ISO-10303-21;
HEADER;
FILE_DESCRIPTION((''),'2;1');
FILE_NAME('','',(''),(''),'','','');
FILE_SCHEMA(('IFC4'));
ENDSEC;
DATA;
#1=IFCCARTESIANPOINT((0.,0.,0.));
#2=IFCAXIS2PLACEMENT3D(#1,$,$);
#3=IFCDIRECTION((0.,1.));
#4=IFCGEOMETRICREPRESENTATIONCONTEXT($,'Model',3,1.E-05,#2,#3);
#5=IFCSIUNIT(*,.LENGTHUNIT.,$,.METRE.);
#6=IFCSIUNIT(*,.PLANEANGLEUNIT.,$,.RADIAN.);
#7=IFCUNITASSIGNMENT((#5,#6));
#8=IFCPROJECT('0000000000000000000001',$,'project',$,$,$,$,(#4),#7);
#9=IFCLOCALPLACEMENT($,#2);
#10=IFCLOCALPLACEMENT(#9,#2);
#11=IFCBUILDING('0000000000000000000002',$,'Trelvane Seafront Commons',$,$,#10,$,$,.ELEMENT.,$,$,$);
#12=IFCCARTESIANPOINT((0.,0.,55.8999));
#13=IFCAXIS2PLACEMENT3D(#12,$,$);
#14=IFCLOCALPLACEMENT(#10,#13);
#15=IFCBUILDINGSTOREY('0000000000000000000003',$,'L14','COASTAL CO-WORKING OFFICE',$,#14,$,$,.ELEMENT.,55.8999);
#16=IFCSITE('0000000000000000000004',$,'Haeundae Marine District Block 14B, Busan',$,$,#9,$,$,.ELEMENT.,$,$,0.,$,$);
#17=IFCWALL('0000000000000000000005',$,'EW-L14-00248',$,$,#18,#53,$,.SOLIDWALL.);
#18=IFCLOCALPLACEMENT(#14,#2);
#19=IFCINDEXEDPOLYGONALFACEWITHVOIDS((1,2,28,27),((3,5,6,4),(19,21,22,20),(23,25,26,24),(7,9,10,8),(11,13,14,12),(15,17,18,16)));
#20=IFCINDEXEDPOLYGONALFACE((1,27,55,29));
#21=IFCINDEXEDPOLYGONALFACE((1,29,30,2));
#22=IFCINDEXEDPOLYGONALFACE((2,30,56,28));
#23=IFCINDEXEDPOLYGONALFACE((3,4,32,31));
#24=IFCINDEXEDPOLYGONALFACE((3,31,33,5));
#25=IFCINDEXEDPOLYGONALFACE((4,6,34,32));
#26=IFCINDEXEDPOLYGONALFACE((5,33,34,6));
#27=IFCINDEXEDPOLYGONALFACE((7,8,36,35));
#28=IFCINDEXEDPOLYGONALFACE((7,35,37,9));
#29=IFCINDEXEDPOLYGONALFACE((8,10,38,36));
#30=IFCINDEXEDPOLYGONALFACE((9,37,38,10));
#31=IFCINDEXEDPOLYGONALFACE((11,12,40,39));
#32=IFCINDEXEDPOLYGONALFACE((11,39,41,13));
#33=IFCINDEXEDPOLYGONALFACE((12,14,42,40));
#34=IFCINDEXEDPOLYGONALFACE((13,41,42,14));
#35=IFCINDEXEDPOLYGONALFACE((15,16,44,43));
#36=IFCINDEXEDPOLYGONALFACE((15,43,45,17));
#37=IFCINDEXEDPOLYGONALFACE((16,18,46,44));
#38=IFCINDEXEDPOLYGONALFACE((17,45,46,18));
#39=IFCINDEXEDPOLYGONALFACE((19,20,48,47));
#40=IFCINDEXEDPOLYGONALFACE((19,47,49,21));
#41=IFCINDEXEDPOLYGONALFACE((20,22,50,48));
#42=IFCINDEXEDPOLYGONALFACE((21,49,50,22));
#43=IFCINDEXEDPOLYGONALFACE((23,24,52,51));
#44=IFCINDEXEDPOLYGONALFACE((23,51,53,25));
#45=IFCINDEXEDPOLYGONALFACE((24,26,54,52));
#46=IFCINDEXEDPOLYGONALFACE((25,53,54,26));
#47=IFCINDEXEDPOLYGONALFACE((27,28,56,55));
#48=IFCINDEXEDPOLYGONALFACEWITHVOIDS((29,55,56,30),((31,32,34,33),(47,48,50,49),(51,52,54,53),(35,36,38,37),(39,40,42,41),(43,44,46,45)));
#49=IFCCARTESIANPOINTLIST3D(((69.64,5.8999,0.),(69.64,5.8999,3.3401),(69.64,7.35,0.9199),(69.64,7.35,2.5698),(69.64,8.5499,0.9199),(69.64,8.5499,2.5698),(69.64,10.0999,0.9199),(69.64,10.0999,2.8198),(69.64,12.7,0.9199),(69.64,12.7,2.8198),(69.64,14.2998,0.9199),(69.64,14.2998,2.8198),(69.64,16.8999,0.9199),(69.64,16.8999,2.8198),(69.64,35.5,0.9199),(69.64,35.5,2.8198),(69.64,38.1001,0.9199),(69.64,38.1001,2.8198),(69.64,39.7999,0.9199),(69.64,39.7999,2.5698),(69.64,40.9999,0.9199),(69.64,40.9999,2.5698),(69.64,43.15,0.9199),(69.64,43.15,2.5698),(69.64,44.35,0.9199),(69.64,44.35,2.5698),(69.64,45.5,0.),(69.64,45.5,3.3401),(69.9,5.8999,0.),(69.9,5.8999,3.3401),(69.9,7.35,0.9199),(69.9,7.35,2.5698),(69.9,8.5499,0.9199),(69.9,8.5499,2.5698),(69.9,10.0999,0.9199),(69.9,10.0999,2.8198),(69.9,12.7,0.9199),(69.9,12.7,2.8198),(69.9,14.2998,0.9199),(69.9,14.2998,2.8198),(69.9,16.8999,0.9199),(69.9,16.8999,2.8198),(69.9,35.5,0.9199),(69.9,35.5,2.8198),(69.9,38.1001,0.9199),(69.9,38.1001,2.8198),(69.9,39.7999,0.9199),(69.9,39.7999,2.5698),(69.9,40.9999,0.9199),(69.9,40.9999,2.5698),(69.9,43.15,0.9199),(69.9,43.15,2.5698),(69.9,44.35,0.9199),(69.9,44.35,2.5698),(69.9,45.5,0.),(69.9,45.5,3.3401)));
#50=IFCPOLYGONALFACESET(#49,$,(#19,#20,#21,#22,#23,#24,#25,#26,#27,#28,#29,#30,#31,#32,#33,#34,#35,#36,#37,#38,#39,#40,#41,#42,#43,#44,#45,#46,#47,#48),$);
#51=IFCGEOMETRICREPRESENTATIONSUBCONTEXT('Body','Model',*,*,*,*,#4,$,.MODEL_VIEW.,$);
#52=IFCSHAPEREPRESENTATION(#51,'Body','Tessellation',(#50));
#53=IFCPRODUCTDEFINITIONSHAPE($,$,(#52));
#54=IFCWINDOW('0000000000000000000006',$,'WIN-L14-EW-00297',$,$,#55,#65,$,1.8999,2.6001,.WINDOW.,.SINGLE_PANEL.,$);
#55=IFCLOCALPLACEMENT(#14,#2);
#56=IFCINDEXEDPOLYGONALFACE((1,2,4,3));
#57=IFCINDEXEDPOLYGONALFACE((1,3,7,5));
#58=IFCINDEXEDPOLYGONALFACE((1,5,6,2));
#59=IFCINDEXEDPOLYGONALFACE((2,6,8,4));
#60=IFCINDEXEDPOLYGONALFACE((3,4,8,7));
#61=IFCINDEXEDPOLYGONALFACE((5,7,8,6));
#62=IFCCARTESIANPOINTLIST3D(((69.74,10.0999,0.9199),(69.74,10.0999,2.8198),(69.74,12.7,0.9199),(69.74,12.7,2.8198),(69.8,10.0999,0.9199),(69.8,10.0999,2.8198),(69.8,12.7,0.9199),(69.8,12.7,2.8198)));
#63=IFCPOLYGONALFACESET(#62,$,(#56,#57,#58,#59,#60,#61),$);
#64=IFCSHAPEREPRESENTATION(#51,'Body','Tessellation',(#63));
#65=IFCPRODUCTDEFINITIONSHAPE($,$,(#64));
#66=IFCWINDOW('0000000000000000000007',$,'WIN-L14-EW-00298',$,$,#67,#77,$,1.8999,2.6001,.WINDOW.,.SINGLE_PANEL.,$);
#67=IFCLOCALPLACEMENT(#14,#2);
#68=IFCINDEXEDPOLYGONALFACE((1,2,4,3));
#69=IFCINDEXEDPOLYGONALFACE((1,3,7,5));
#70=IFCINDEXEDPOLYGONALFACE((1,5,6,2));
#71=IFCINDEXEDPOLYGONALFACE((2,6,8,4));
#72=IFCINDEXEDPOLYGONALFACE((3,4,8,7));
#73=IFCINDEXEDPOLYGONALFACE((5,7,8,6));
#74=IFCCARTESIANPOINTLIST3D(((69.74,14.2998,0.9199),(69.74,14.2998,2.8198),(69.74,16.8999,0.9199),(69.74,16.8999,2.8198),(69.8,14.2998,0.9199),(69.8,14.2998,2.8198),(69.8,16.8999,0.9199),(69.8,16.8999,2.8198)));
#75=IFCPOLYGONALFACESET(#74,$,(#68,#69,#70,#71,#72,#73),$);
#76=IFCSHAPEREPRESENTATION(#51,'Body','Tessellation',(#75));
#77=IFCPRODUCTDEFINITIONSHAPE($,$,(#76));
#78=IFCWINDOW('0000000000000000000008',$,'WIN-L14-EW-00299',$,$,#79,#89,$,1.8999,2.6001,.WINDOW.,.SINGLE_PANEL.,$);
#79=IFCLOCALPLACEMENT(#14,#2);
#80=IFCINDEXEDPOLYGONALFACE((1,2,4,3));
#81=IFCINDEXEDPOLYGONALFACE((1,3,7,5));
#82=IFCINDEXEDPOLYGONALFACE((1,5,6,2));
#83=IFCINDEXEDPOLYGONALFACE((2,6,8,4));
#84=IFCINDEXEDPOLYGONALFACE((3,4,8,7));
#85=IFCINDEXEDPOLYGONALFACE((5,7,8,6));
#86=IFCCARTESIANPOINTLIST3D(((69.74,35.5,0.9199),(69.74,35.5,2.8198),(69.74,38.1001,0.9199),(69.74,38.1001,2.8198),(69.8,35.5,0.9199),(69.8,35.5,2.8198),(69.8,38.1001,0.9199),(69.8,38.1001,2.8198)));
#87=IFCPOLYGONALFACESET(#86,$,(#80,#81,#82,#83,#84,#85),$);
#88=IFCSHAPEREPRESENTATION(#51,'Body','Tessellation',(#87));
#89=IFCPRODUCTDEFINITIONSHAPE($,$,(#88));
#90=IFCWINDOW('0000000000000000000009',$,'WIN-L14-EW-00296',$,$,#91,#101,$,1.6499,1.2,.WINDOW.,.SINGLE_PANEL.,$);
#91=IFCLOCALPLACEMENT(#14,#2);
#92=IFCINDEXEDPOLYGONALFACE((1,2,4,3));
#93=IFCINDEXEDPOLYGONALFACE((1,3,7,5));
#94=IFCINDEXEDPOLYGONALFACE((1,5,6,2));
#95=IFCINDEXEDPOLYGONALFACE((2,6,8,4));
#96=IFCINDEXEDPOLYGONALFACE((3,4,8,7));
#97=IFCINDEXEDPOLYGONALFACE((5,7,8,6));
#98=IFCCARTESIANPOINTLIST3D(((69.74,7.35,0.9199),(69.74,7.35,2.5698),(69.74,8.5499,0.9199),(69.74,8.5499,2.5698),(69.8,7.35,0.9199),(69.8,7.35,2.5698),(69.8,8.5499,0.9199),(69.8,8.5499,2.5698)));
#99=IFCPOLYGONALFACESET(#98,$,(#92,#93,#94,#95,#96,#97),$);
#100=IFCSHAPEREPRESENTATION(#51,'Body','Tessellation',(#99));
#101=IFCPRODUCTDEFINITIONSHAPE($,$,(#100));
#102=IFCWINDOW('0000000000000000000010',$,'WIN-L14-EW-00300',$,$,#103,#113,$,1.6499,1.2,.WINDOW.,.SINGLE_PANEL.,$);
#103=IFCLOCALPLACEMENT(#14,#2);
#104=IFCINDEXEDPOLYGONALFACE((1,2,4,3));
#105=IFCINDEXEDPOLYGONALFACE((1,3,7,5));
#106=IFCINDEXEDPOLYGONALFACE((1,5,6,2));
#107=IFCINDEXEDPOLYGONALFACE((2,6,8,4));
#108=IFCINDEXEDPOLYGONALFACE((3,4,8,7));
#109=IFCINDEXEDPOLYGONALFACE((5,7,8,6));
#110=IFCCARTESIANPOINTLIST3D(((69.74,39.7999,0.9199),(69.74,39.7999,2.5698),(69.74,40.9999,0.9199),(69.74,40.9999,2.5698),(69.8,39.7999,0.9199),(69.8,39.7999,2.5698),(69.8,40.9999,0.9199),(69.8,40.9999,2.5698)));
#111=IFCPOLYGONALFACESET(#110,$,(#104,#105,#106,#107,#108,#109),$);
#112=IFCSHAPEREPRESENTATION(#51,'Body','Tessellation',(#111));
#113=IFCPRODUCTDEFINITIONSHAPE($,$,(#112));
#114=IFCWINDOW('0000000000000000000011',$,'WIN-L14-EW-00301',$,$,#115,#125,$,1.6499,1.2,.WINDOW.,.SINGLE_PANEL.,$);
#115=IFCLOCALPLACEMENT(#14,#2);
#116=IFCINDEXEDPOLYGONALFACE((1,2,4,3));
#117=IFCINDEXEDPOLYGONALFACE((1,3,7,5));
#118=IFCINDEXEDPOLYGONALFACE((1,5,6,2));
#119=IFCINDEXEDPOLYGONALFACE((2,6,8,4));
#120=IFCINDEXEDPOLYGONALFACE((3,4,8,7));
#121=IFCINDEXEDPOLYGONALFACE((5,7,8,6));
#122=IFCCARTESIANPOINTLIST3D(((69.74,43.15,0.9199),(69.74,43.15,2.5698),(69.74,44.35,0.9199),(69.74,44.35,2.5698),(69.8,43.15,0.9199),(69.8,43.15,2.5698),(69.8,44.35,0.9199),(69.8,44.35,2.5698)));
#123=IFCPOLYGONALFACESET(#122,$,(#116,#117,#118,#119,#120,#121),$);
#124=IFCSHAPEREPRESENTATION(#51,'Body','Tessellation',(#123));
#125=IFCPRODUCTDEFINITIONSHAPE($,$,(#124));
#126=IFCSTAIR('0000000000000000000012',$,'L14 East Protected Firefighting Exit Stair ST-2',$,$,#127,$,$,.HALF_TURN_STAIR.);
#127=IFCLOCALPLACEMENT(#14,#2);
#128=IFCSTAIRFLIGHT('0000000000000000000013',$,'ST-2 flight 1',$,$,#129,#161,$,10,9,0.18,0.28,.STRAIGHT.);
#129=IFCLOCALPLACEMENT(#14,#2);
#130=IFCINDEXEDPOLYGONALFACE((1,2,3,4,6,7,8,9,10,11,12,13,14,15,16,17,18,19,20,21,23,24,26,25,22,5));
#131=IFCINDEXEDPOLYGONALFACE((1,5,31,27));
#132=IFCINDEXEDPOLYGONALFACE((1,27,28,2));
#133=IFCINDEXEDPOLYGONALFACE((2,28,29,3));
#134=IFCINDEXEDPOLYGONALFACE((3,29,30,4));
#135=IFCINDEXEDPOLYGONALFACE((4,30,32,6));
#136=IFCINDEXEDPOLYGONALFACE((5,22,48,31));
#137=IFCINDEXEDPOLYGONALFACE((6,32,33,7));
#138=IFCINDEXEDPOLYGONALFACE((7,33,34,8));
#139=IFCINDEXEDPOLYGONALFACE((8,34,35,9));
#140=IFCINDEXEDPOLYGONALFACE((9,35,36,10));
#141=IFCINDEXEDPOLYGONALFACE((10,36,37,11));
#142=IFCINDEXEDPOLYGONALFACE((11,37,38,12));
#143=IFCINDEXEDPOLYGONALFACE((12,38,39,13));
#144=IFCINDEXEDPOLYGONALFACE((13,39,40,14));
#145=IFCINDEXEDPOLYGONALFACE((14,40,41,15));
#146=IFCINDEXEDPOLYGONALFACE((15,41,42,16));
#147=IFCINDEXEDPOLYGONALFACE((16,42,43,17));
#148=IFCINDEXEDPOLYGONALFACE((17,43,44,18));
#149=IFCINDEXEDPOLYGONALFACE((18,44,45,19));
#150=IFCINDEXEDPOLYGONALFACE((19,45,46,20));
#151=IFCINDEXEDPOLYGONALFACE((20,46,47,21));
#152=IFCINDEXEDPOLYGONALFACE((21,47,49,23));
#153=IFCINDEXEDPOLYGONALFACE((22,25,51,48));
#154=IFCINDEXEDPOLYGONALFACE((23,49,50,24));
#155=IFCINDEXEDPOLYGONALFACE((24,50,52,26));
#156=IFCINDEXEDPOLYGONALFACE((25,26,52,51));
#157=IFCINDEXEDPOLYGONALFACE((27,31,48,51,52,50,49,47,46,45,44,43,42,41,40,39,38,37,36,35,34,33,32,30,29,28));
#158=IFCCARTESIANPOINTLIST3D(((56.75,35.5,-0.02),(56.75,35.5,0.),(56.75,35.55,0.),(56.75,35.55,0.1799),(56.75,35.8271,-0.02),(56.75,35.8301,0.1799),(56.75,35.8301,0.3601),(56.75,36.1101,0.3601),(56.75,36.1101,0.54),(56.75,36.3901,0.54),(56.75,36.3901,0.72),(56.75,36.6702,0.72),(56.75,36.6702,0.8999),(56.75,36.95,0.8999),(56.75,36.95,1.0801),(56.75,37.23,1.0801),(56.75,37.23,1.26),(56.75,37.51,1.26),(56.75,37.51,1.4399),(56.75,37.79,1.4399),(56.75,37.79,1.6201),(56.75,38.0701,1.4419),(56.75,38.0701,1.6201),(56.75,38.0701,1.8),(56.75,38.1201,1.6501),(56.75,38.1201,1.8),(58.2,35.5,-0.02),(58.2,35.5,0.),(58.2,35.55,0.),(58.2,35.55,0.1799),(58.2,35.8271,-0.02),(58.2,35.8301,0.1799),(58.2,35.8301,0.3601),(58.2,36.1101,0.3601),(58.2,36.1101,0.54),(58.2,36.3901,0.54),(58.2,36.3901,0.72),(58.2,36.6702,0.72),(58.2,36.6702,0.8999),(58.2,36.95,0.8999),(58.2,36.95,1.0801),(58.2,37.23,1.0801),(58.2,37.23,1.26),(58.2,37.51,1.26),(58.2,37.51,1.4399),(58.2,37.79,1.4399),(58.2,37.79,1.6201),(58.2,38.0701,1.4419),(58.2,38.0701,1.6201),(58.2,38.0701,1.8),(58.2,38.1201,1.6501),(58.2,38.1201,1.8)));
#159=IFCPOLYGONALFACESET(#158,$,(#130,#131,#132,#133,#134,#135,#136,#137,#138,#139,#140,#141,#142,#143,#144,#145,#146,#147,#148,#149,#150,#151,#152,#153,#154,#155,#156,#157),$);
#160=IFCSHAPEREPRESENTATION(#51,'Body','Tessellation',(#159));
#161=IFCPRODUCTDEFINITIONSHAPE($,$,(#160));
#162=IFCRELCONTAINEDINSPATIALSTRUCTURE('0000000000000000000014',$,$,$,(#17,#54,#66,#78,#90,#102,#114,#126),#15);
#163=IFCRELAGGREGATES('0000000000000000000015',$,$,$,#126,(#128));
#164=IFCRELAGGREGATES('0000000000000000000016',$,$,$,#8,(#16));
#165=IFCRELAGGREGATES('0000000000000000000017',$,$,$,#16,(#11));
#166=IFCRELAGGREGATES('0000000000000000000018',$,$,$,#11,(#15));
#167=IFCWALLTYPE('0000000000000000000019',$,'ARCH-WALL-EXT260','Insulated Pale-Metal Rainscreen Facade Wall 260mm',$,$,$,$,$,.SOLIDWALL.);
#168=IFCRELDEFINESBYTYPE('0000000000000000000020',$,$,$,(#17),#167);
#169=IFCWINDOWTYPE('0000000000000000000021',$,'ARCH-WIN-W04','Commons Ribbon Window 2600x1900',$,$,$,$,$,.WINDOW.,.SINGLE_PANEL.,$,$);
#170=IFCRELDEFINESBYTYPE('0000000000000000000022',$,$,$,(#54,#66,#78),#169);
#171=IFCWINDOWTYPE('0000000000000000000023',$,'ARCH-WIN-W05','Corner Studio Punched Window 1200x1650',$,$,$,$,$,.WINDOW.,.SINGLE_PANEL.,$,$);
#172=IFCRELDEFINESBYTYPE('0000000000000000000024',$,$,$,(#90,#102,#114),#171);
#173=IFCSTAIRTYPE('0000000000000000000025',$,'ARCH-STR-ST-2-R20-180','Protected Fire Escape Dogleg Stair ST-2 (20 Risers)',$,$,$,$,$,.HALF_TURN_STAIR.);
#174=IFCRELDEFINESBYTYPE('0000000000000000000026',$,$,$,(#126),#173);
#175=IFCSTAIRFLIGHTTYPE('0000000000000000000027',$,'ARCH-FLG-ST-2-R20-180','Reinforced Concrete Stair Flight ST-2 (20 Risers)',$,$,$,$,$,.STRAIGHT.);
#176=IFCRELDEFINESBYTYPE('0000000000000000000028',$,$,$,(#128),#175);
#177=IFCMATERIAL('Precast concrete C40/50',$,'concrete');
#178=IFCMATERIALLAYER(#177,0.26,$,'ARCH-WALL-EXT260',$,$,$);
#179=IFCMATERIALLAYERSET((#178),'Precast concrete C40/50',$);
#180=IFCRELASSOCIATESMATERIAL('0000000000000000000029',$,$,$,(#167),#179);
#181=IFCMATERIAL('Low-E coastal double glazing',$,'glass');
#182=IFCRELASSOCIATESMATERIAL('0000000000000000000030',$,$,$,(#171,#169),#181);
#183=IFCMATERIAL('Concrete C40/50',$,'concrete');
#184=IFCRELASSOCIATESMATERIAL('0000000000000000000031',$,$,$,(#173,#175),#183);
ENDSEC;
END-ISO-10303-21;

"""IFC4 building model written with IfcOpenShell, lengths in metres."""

from ifc_helpers import new_model, si_unit, direction, frame, frame_2d, origin, place, context, subcontext, project, spatial, polyline, rectangle, outline, extrude, source, transform, mapped, material, layer, layer_set, type_object, element, fill, aggregate, save


model = new_model("IFC4")

# Units and contexts
model_context = context("Model", 3, precision=1e-05, world=origin(), true_north=direction((0.0, 1.0)))
body_context = subcontext(model_context, "Body", "Model", "MODEL_VIEW")
ifc_project = project(units=[si_unit("LENGTHUNIT", "METRE"), si_unit("PLANEANGLEUNIT", "RADIAN")], contexts=[model_context])

# Site, building, storey
site_placement = place(None, origin())
site = spatial("IfcSite", under=ifc_project, at=site_placement, Name="Haeundae Marine District Block 14B, Busan", CompositionType="ELEMENT", RefElevation=0.0)
building_placement = place(site_placement, origin())
building = spatial("IfcBuilding", under=site, at=building_placement, Name="Trelvane Seafront Commons", CompositionType="ELEMENT")
storey_placement = place(building_placement, frame((0.0, 0.0, 55.8999)))
storey = spatial("IfcBuildingStorey", under=building, at=storey_placement, Name="L14", Description="COASTAL CO-WORKING OFFICE", CompositionType="ELEMENT", Elevation=55.8999)

# Shared definitions
ifc_material_1 = material(Name="Low-E coastal double glazing", Category="glass")

# Shared definitions
ifc_material_2 = material(Name="Precast concrete C40/50", Category="concrete")
ifc_layer_1 = layer(ifc_material_2, 0.26, Name="ARCH-WALL-EXT260")
ifc_layer_set_1 = layer_set([ifc_layer_1], Name="Precast concrete C40/50")
wall_type_1 = type_object("IfcWallType", Name="ARCH-WALL-EXT260", Description="Insulated Pale-Metal Rainscreen Facade Wall 260mm", PredefinedType="SOLIDWALL", material=ifc_layer_set_1)
window_type_1 = type_object("IfcWindowType", Name="ARCH-WIN-W05", Description="Corner Studio Punched Window 1200x1650", PartitioningType="SINGLE_PANEL", PredefinedType="WINDOW", material=ifc_material_1)
shared_shape_1 = source(origin(), body_context, "Body", "SweptSolid", [
    extrude(rectangle(XDim=1.2, YDim=1.6499, at=frame_2d((0.6001, 0.825))), frame((0.0, 0.03, 0.0), z_axis=(0.0, -1.0, 0.0), x_axis=(1.0, 0.0, 0.0)), (0.0, 0.0, 1.0), 0.0601),
])

# Wall, openings, windows
wall_1_placement = place(storey_placement, frame((69.77, 45.5, 0.0), z_axis=(0.0, 0.0, 1.0), x_axis=(0.0, -1.0, 0.0)))
wall_1 = element("IfcWall", 1, at=wall_1_placement, inside=storey, type_object=wall_type_1, Name="EW-L14-00248", PredefinedType="SOLIDWALL", context=body_context, shape_type="SweptSolid", body=[
    extrude(rectangle(XDim=39.6001, YDim=0.26, at=frame_2d((19.8, 0.0))), origin(), (0.0, 0.0, 1.0), 3.3401),
])
opening_1_placement = place(wall_1_placement, frame((36.95, 0.0, 0.9199)))
opening_1 = element("IfcOpeningElement", 2, at=opening_1_placement, cuts=wall_1, PredefinedType="OPENING", context=body_context, shape_type="SweptSolid", body=[
    extrude(rectangle(XDim=1.2, YDim=1.6499, at=frame_2d((0.6001, 0.825))), frame((0.0, 0.1399, 0.0), z_axis=(0.0, -1.0, 0.0), x_axis=(1.0, 0.0, 0.0)), (0.0, 0.0, 1.0), 0.28),
])
opening_2_placement = place(wall_1_placement, frame((32.8, 0.0, 0.9199)))
opening_2 = element("IfcOpeningElement", 3, at=opening_2_placement, cuts=wall_1, PredefinedType="OPENING", context=body_context, shape_type="SweptSolid", body=[
    extrude(rectangle(XDim=2.6001, YDim=1.8999, at=frame_2d((1.3, 0.95))), frame((0.0, 0.1399, 0.0), z_axis=(0.0, -1.0, 0.0), x_axis=(1.0, 0.0, 0.0)), (0.0, 0.0, 1.0), 0.28),
])
opening_3_placement = place(wall_1_placement, frame((28.6001, 0.0, 0.9199)))
opening_3 = element("IfcOpeningElement", 4, at=opening_3_placement, cuts=wall_1, PredefinedType="OPENING", context=body_context, shape_type="SweptSolid", body=[
    extrude(rectangle(XDim=2.6001, YDim=1.8999, at=frame_2d((1.3, 0.95))), frame((0.0, 0.1399, 0.0), z_axis=(0.0, -1.0, 0.0), x_axis=(1.0, 0.0, 0.0)), (0.0, 0.0, 1.0), 0.28),
])
opening_4_placement = place(wall_1_placement, frame((7.3999, 0.0, 0.9199)))
opening_4 = element("IfcOpeningElement", 5, at=opening_4_placement, cuts=wall_1, PredefinedType="OPENING", context=body_context, shape_type="SweptSolid", body=[
    extrude(rectangle(XDim=2.6001, YDim=1.8999, at=frame_2d((1.3, 0.95))), frame((0.0, 0.1399, 0.0), z_axis=(0.0, -1.0, 0.0), x_axis=(1.0, 0.0, 0.0)), (0.0, 0.0, 1.0), 0.28),
])
opening_5_placement = place(wall_1_placement, frame((4.5, 0.0, 0.9199)))
opening_5 = element("IfcOpeningElement", 6, at=opening_5_placement, cuts=wall_1, PredefinedType="OPENING", context=body_context, shape_type="SweptSolid", body=[
    extrude(rectangle(XDim=1.2, YDim=1.6499, at=frame_2d((0.6001, 0.825))), frame((0.0, 0.1399, 0.0), z_axis=(0.0, -1.0, 0.0), x_axis=(1.0, 0.0, 0.0)), (0.0, 0.0, 1.0), 0.28),
])
opening_6_placement = place(wall_1_placement, frame((1.1499, 0.0, 0.9199)))
opening_6 = element("IfcOpeningElement", 7, at=opening_6_placement, cuts=wall_1, PredefinedType="OPENING", context=body_context, shape_type="SweptSolid", body=[
    extrude(rectangle(XDim=1.2, YDim=1.6499, at=frame_2d((0.6001, 0.825))), frame((0.0, 0.1399, 0.0), z_axis=(0.0, -1.0, 0.0), x_axis=(1.0, 0.0, 0.0)), (0.0, 0.0, 1.0), 0.28),
])
window_type_2 = type_object("IfcWindowType", Name="ARCH-WIN-W04", Description="Commons Ribbon Window 2600x1900", PartitioningType="SINGLE_PANEL", PredefinedType="WINDOW", material=ifc_material_1)
shared_shape_2 = source(origin(), body_context, "Body", "SweptSolid", [
    extrude(rectangle(XDim=2.6001, YDim=1.8999, at=frame_2d((1.3, 0.95))), frame((0.0, 0.03, 0.0), z_axis=(0.0, -1.0, 0.0), x_axis=(1.0, 0.0, 0.0)), (0.0, 0.0, 1.0), 0.0601),
])
window_1_placement = place(opening_2_placement, origin())
window_1 = element("IfcWindow", 8, at=window_1_placement, inside=storey, type_object=window_type_2, Name="WIN-L14-EW-00297", OverallHeight=1.8999, OverallWidth=2.6001, PartitioningType="SINGLE_PANEL", PredefinedType="WINDOW", context=body_context, shape_type="MappedRepresentation", body=[
    mapped(shared_shape_2, transform((0.0, 0.0, 0.0), x_axis=(1.0, 0.0, 0.0), y_axis=(0.0, 1.0, 0.0), z_axis=(0.0, 0.0, 1.0), scale=1.0)),
])
fill(opening_2, window_1)
window_2_placement = place(opening_3_placement, origin())
window_2 = element("IfcWindow", 9, at=window_2_placement, inside=storey, type_object=window_type_2, Name="WIN-L14-EW-00298", OverallHeight=1.8999, OverallWidth=2.6001, PartitioningType="SINGLE_PANEL", PredefinedType="WINDOW", context=body_context, shape_type="MappedRepresentation", body=[
    mapped(shared_shape_2, transform((0.0, 0.0, 0.0), x_axis=(1.0, 0.0, 0.0), y_axis=(0.0, 1.0, 0.0), z_axis=(0.0, 0.0, 1.0), scale=1.0)),
])
fill(opening_3, window_2)
window_3_placement = place(opening_4_placement, origin())
window_3 = element("IfcWindow", 10, at=window_3_placement, inside=storey, type_object=window_type_2, Name="WIN-L14-EW-00299", OverallHeight=1.8999, OverallWidth=2.6001, PartitioningType="SINGLE_PANEL", PredefinedType="WINDOW", context=body_context, shape_type="MappedRepresentation", body=[
    mapped(shared_shape_2, transform((0.0, 0.0, 0.0), x_axis=(1.0, 0.0, 0.0), y_axis=(0.0, 1.0, 0.0), z_axis=(0.0, 0.0, 1.0), scale=1.0)),
])
fill(opening_4, window_3)
window_4_placement = place(opening_1_placement, origin())
window_4 = element("IfcWindow", 11, at=window_4_placement, inside=storey, type_object=window_type_1, Name="WIN-L14-EW-00296", OverallHeight=1.6499, OverallWidth=1.2, PartitioningType="SINGLE_PANEL", PredefinedType="WINDOW", context=body_context, shape_type="MappedRepresentation", body=[
    mapped(shared_shape_1, transform((0.0, 0.0, 0.0), x_axis=(1.0, 0.0, 0.0), y_axis=(0.0, 1.0, 0.0), z_axis=(0.0, 0.0, 1.0), scale=1.0)),
])
fill(opening_1, window_4)
window_5_placement = place(opening_5_placement, origin())
window_5 = element("IfcWindow", 12, at=window_5_placement, inside=storey, type_object=window_type_1, Name="WIN-L14-EW-00300", OverallHeight=1.6499, OverallWidth=1.2, PartitioningType="SINGLE_PANEL", PredefinedType="WINDOW", context=body_context, shape_type="MappedRepresentation", body=[
    mapped(shared_shape_1, transform((0.0, 0.0, 0.0), x_axis=(1.0, 0.0, 0.0), y_axis=(0.0, 1.0, 0.0), z_axis=(0.0, 0.0, 1.0), scale=1.0)),
])
fill(opening_5, window_5)
window_6_placement = place(opening_6_placement, origin())
window_6 = element("IfcWindow", 13, at=window_6_placement, inside=storey, type_object=window_type_1, Name="WIN-L14-EW-00301", OverallHeight=1.6499, OverallWidth=1.2, PartitioningType="SINGLE_PANEL", PredefinedType="WINDOW", context=body_context, shape_type="MappedRepresentation", body=[
    mapped(shared_shape_1, transform((0.0, 0.0, 0.0), x_axis=(1.0, 0.0, 0.0), y_axis=(0.0, 1.0, 0.0), z_axis=(0.0, 0.0, 1.0), scale=1.0)),
])
fill(opening_6, window_6)

# Stair, stair flight
ifc_material_3 = material(Name="Concrete C40/50", Category="concrete")
stair_type = type_object("IfcStairType", Name="ARCH-STR-ST-2-R20-180", Description="Protected Fire Escape Dogleg Stair ST-2 (20 Risers)", PredefinedType="HALF_TURN_STAIR", material=ifc_material_3)
stair_placement = place(storey_placement, origin())
stair = element("IfcStair", 14, at=stair_placement, inside=storey, type_object=stair_type, Name="L14 East Protected Firefighting Exit Stair ST-2", PredefinedType="HALF_TURN_STAIR")
stair_flight_type = type_object("IfcStairFlightType", Name="ARCH-FLG-ST-2-R20-180", Description="Reinforced Concrete Stair Flight ST-2 (20 Risers)", PredefinedType="STRAIGHT", material=ifc_material_3)
shared_shape_3 = source(origin(), body_context, "Body", "SweptSolid", [
    extrude(outline(polyline([(-0.05, -0.02), (-0.05, 0.0), (0.0, 0.0), (0.0, 0.1799), (0.28, 0.1799), (0.28, 0.3601), (0.5601, 0.3601), (0.5601, 0.54), (0.8401, 0.54), (0.8401, 0.72), (1.1201, 0.72), (1.1201, 0.8999), (1.3999, 0.8999), (1.3999, 1.0801), (1.6799, 1.0801), (1.6799, 1.26), (1.96, 1.26), (1.96, 1.4399), (2.24, 1.4399), (2.24, 1.6201), (2.52, 1.6201), (2.52, 1.8), (2.5701, 1.8), (2.5701, 1.6501), (2.52, 1.4419), (0.2771, -0.02), (-0.05, -0.02)])), frame((0.0, 0.7251, 0.0), z_axis=(0.0, -1.0, 0.0), x_axis=(1.0, 0.0, 0.0)), (0.0, 0.0, 1.0), 1.45),
])
stair_flight_placement = place(storey_placement, frame((57.4751, 35.55, 0.0), z_axis=(0.0, 0.0, 1.0), x_axis=(0.0, 1.0, 0.0)))
stair_flight = element("IfcStairFlight", 15, at=stair_flight_placement, type_object=stair_flight_type, Name="ST-2 flight 1", NumberOfRisers=10, NumberOfTreads=9, PredefinedType="STRAIGHT", RiserHeight=0.18, TreadLength=0.28, context=body_context, shape_type="MappedRepresentation", body=[
    mapped(shared_shape_3, transform((0.0, 0.0, 0.0), x_axis=(1.0, 0.0, 0.0), y_axis=(0.0, 1.0, 0.0), z_axis=(0.0, 0.0, 1.0), scale=1.0)),
])
aggregate(stair, [stair_flight])

save(model, "model.ifc")
